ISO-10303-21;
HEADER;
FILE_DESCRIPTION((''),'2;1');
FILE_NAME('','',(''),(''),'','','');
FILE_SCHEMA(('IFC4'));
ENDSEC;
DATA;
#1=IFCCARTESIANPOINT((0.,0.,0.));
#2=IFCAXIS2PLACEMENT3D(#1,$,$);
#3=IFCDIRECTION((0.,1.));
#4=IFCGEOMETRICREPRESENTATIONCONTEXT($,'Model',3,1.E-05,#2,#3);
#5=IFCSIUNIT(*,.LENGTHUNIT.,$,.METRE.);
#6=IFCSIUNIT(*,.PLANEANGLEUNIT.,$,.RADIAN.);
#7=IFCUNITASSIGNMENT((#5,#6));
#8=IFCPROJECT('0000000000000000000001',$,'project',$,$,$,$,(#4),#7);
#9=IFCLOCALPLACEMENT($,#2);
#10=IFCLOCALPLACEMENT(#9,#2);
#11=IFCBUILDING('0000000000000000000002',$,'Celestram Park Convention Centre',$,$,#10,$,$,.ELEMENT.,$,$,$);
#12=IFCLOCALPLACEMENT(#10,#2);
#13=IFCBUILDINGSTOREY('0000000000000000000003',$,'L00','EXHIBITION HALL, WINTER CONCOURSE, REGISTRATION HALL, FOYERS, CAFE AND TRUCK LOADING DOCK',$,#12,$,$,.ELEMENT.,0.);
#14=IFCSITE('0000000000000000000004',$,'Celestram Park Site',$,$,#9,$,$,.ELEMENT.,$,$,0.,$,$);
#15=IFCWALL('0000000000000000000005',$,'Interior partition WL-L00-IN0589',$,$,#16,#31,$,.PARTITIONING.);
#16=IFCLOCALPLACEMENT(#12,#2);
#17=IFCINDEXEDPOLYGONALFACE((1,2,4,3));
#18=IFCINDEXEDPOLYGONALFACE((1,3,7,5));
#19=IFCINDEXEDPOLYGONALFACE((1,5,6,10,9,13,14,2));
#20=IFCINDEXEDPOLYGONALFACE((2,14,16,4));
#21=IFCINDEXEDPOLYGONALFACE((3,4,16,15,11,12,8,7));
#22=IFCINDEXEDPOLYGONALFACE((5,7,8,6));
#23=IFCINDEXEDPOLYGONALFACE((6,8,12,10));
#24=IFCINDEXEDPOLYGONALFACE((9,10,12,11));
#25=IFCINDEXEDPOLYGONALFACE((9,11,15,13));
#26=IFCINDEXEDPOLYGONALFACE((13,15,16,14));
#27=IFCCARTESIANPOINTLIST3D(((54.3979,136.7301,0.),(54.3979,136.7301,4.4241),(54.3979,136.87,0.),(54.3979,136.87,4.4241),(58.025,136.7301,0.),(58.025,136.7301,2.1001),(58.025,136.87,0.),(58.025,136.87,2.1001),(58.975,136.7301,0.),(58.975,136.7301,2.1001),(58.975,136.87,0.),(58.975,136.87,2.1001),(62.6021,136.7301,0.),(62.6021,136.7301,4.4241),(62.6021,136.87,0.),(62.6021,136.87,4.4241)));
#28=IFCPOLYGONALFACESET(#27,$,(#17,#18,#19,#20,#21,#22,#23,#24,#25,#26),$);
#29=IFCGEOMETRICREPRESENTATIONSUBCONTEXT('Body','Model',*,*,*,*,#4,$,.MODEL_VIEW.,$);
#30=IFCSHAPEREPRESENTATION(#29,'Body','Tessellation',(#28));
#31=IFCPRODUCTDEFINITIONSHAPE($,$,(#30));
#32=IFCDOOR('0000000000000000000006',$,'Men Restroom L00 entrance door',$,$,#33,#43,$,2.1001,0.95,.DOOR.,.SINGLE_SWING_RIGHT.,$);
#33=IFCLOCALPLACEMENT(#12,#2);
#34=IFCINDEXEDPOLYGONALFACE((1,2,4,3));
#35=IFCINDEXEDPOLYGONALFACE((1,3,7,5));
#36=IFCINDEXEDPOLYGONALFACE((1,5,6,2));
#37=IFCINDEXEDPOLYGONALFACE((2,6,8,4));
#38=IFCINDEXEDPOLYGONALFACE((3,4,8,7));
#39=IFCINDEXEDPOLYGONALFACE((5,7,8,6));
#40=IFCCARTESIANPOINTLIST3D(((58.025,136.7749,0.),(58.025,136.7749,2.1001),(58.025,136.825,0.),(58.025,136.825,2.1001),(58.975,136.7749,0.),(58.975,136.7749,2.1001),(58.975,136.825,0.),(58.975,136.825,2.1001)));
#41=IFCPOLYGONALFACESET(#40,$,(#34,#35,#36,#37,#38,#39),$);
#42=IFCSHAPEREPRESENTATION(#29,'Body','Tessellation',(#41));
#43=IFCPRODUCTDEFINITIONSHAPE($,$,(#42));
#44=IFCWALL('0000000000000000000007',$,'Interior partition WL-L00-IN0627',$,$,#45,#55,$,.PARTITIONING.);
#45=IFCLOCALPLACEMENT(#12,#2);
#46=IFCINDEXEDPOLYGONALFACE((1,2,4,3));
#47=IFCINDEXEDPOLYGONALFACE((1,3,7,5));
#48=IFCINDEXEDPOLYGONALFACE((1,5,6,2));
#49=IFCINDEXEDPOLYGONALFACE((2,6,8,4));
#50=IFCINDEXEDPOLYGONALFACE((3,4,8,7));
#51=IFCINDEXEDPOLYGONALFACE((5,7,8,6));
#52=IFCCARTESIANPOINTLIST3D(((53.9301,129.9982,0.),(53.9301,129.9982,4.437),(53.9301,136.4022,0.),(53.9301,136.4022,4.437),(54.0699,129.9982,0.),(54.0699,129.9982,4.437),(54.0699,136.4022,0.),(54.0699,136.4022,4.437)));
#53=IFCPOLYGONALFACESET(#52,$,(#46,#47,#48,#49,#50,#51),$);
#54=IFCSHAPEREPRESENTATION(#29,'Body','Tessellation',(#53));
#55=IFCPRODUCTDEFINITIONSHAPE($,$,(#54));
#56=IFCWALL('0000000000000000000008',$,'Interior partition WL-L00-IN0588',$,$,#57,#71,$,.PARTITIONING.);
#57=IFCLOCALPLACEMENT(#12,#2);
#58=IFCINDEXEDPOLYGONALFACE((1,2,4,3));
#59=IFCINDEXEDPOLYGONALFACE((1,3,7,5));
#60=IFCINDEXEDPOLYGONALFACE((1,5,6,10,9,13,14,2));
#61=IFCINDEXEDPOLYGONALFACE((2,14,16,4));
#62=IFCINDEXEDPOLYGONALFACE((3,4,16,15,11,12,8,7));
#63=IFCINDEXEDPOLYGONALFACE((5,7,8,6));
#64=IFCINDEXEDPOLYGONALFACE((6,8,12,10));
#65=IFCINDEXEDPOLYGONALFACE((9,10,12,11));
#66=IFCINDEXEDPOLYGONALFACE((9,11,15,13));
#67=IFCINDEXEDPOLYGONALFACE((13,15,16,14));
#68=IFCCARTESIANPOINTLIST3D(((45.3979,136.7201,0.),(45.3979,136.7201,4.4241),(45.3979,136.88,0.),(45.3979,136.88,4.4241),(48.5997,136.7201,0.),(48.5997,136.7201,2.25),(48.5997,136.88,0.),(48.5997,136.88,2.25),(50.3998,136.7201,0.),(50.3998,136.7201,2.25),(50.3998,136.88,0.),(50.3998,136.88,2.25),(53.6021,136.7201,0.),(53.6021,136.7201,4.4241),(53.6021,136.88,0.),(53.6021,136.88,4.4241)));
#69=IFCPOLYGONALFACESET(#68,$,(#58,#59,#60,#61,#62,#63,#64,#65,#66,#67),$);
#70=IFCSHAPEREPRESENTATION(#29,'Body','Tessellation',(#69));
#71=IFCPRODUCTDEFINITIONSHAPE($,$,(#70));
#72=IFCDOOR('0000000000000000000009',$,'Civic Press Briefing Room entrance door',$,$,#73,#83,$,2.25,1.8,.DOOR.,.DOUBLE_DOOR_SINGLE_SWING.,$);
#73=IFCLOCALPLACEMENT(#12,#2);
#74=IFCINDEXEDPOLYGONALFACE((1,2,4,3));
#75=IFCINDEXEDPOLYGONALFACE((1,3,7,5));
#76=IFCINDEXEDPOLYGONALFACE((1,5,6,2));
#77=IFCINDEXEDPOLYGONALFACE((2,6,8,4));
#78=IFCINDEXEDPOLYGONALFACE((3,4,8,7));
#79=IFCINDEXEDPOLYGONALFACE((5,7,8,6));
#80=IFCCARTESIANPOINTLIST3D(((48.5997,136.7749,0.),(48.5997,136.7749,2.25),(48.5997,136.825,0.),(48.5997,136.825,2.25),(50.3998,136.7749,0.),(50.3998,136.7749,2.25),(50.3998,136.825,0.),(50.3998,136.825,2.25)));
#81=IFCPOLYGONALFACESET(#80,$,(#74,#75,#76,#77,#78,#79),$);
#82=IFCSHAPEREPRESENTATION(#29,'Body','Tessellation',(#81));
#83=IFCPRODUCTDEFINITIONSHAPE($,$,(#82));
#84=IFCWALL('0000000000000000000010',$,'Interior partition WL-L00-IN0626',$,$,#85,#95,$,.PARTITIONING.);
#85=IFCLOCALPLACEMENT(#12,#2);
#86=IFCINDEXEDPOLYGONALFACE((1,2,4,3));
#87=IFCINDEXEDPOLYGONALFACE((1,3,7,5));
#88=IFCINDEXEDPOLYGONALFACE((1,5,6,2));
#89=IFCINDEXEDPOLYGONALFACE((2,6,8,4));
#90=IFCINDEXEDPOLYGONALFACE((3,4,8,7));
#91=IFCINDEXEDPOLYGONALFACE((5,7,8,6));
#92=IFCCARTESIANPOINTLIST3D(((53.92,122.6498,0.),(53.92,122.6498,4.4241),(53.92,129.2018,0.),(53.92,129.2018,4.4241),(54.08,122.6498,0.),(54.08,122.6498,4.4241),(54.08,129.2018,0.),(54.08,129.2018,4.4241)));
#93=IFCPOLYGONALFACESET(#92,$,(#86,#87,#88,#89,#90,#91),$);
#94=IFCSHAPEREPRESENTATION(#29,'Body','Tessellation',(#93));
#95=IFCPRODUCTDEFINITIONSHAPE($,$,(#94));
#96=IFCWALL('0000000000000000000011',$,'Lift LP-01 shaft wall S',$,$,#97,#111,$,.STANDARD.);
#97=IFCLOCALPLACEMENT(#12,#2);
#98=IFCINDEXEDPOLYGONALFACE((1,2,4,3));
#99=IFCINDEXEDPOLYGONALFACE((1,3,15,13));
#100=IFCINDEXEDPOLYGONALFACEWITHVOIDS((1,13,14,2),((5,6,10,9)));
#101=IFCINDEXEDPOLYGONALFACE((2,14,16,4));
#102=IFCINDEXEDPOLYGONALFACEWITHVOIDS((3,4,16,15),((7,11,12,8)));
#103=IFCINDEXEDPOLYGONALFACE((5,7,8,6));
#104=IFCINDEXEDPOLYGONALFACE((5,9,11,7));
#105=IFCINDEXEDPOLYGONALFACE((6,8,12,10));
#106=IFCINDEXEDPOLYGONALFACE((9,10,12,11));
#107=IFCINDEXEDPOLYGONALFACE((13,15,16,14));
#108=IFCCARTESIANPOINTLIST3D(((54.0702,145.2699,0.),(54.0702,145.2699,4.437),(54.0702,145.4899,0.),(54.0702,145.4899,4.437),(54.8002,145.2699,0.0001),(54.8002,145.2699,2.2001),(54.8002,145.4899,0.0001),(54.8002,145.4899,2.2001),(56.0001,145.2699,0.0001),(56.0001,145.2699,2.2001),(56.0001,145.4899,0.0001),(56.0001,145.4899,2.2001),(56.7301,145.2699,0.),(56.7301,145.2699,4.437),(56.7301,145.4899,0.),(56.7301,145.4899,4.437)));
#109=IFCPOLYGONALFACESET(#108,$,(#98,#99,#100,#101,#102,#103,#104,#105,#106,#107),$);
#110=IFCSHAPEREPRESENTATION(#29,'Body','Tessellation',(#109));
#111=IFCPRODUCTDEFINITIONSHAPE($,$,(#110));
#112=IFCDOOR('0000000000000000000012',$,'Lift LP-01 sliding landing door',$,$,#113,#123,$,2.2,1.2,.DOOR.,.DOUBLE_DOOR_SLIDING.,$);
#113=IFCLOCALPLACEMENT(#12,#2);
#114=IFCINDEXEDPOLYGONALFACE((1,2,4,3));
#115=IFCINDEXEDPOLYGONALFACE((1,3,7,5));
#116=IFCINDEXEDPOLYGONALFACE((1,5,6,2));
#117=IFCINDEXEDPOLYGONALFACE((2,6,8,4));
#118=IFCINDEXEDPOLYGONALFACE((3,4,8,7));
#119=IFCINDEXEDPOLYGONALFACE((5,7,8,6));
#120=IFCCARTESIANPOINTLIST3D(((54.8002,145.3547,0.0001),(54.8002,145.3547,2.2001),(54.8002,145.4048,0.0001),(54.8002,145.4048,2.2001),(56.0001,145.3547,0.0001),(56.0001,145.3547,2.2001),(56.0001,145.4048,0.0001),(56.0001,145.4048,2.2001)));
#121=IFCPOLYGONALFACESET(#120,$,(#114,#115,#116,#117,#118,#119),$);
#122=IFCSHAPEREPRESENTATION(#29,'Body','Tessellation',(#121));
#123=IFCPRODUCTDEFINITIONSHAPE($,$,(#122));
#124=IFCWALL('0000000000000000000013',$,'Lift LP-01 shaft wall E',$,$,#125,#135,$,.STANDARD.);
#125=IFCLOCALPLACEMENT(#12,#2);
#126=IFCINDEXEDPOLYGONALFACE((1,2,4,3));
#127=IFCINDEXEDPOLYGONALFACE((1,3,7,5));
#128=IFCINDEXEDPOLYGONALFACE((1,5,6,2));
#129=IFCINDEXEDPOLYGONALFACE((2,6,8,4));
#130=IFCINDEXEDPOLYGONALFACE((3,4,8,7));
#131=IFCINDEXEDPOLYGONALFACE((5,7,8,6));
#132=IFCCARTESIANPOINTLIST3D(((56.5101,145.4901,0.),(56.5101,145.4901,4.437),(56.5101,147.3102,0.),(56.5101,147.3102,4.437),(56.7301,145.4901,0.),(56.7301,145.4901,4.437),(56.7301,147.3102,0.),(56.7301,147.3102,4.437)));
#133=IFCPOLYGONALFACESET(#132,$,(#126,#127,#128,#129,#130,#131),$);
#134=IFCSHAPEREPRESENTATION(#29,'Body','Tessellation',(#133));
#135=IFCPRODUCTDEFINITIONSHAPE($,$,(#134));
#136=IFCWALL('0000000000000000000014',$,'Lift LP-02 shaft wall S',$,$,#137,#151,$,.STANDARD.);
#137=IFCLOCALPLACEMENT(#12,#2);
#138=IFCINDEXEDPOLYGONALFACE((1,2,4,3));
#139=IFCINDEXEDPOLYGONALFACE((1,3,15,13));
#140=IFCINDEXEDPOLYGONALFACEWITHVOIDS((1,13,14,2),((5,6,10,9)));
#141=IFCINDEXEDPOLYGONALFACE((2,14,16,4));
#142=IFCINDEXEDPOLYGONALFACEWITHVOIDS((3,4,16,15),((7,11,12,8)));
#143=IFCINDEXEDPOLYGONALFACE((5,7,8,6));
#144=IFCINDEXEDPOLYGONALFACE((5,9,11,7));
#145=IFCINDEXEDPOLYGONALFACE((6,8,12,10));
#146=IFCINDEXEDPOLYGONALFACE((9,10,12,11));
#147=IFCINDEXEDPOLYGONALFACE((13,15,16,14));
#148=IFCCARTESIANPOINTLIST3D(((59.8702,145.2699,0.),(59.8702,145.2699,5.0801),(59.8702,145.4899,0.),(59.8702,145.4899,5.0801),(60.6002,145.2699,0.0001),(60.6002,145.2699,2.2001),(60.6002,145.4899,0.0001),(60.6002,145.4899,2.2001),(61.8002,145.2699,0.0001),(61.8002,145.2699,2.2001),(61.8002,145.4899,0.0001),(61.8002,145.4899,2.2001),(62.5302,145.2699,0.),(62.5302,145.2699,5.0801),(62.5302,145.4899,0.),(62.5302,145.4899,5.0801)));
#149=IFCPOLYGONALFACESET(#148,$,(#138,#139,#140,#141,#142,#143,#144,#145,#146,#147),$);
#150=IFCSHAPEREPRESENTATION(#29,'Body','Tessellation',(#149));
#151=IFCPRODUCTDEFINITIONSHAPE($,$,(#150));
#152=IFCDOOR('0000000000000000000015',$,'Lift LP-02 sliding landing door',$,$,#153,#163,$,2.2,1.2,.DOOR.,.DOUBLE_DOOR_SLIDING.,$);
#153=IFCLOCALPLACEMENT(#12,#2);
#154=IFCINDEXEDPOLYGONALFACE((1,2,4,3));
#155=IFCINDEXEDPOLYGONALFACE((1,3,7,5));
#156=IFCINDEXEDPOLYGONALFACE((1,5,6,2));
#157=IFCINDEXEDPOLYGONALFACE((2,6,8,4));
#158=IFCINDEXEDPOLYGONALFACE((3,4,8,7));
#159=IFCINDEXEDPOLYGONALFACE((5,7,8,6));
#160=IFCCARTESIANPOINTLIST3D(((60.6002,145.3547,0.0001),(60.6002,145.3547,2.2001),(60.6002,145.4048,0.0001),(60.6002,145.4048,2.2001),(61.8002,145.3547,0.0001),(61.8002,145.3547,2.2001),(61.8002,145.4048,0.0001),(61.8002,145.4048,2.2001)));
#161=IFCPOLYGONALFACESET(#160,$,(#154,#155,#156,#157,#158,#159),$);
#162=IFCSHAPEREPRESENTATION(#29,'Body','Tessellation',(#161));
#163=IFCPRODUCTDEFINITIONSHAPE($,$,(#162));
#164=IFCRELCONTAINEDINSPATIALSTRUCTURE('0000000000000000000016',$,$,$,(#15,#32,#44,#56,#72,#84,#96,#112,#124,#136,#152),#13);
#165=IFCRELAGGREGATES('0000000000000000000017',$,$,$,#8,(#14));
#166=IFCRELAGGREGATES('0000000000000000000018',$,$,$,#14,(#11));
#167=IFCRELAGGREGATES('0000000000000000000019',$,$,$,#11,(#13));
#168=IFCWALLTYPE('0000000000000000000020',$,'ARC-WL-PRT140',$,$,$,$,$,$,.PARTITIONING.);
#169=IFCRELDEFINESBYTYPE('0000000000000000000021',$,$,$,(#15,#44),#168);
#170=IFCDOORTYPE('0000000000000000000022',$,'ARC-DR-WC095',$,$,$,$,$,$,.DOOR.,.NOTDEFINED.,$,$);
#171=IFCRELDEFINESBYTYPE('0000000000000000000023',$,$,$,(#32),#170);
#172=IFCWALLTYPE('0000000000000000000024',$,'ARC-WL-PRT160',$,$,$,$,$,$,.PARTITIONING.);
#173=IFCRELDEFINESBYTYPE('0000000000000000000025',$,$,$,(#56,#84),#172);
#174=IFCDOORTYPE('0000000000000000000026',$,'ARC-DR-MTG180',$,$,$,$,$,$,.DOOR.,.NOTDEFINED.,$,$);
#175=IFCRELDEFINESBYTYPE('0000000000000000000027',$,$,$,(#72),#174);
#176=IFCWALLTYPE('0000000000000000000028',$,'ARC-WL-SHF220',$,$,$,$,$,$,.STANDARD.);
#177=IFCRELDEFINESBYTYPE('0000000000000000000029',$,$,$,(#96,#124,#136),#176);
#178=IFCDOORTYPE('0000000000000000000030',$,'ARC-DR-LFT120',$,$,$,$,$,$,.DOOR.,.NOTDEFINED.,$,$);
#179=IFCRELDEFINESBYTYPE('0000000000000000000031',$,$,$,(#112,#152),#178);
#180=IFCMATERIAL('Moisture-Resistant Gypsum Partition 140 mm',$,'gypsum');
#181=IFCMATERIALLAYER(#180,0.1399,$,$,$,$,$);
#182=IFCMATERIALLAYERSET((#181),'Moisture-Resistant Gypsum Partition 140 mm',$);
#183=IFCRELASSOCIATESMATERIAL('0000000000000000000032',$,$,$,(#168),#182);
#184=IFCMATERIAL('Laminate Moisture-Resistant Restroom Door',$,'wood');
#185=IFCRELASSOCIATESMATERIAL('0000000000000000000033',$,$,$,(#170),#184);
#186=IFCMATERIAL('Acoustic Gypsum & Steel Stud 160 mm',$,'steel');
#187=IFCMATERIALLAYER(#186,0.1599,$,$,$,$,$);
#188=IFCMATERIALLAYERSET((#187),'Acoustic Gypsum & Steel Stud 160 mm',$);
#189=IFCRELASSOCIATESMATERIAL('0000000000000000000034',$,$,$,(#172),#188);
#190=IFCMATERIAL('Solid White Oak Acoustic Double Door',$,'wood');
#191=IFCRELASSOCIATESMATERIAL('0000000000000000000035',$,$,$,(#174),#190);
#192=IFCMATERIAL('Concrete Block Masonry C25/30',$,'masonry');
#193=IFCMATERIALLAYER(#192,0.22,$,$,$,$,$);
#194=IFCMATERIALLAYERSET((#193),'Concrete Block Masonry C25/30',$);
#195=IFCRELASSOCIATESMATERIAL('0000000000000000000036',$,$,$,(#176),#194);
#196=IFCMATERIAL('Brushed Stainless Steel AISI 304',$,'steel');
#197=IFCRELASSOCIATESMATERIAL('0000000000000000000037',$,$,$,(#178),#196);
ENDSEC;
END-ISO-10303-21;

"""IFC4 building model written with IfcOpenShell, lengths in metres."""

from ifc_helpers import new_model, si_unit, direction, frame, frame_2d, origin, place, context, subcontext, project, spatial, rectangle, extrude, material, layer, layer_set, type_object, element, fill, save


model = new_model("IFC4")

# Units and contexts
model_context = context("Model", 3, precision=1e-05, world=origin(), true_north=direction((0.0, 1.0)))
body_context = subcontext(model_context, "Body", "Model", "MODEL_VIEW")
ifc_project = project(units=[si_unit("LENGTHUNIT", "METRE"), si_unit("PLANEANGLEUNIT", "RADIAN")], contexts=[model_context])

# Site, building, storey
site_placement = place(None, origin())
site = spatial("IfcSite", under=ifc_project, at=site_placement, Name="Celestram Park Site", CompositionType="ELEMENT", RefElevation=0.0)
building_placement = place(site_placement, origin())
building = spatial("IfcBuilding", under=site, at=building_placement, Name="Celestram Park Convention Centre", CompositionType="ELEMENT")
storey_placement = place(building_placement, origin())
storey = spatial("IfcBuildingStorey", under=building, at=storey_placement, Name="L00", Description="EXHIBITION HALL, WINTER CONCOURSE, REGISTRATION HALL, FOYERS, CAFE AND TRUCK LOADING DOCK", CompositionType="ELEMENT", Elevation=0.0)

# Shared definitions
ifc_material_1 = material(Name="Concrete Block Masonry C25/30", Category="masonry")
ifc_material_2 = material(Name="Moisture-Resistant Gypsum Partition 140 mm", Category="gypsum")
ifc_layer_1 = layer(ifc_material_2, 0.1399)
ifc_layer_set_1 = layer_set([ifc_layer_1], Name="Moisture-Resistant Gypsum Partition 140 mm")
wall_type_1 = type_object("IfcWallType", Name="ARC-WL-PRT140", PredefinedType="PARTITIONING", material=ifc_layer_set_1)

# Wall, opening, door
wall_1_placement = place(storey_placement, frame((54.3979, 136.8, 0.0), z_axis=(0.0, 0.0, 1.0), x_axis=(1.0, 0.0, 0.0)))
wall_1 = element("IfcWall", 1, at=wall_1_placement, inside=storey, type_object=wall_type_1, Name="Interior partition WL-L00-IN0589", PredefinedType="PARTITIONING", context=body_context, shape_type="SweptSolid", body=[
    extrude(rectangle(XDim=8.2041, YDim=0.1399, at=frame_2d((4.1021, 0.0))), origin(), (0.0, 0.0, 1.0), 4.4241),
])
opening_1_placement = place(wall_1_placement, frame((3.627, 0.0, 0.0)))
opening_1 = element("IfcOpeningElement", 2, at=opening_1_placement, cuts=wall_1, PredefinedType="OPENING", context=body_context, shape_type="SweptSolid", body=[
    extrude(rectangle(XDim=0.95, YDim=2.1001, at=frame_2d((0.4751, 1.05))), frame((0.0, 0.0798, 0.0), z_axis=(0.0, -1.0, 0.0), x_axis=(1.0, 0.0, 0.0)), (0.0, 0.0, 1.0), 0.1599),
])
ifc_material_3 = material(Name="Laminate Moisture-Resistant Restroom Door", Category="wood")
door_type_1 = type_object("IfcDoorType", Name="ARC-DR-WC095", OperationType="NOTDEFINED", PredefinedType="DOOR", material=ifc_material_3)
door_1_placement = place(opening_1_placement, origin())
door_1 = element("IfcDoor", 3, at=door_1_placement, inside=storey, type_object=door_type_1, Name="Men Restroom L00 entrance door", OperationType="SINGLE_SWING_RIGHT", OverallHeight=2.1001, OverallWidth=0.95, PredefinedType="DOOR", context=body_context, shape_type="SweptSolid", body=[
    extrude(rectangle(XDim=0.95, YDim=2.1001, at=frame_2d((0.4751, 1.05))), frame((0.0, 0.0249, 0.0), z_axis=(0.0, -1.0, 0.0), x_axis=(1.0, 0.0, 0.0)), (0.0, 0.0, 1.0), 0.05),
])
fill(opening_1, door_1)

# Wall
wall_2_placement = place(storey_placement, frame((54.0, 129.998, 0.0), z_axis=(0.0, 0.0, 1.0), x_axis=(0.0, 1.0, 0.0)))
element("IfcWall", 4, at=wall_2_placement, inside=storey, type_object=wall_type_1, Name="Interior partition WL-L00-IN0627", PredefinedType="PARTITIONING", context=body_context, shape_type="SweptSolid", body=[
    extrude(rectangle(XDim=6.4041, YDim=0.1399, at=frame_2d((3.2021, 0.0))), origin(), (0.0, 0.0, 1.0), 4.437),
])

# Wall, opening, door
ifc_material_4 = material(Name="Acoustic Gypsum & Steel Stud 160 mm", Category="steel")
ifc_layer_2 = layer(ifc_material_4, 0.1599)
ifc_layer_set_2 = layer_set([ifc_layer_2], Name="Acoustic Gypsum & Steel Stud 160 mm")
wall_type_2 = type_object("IfcWallType", Name="ARC-WL-PRT160", PredefinedType="PARTITIONING", material=ifc_layer_set_2)
wall_3_placement = place(storey_placement, frame((45.3979, 136.8, 0.0), z_axis=(0.0, 0.0, 1.0), x_axis=(1.0, 0.0, 0.0)))
wall_3 = element("IfcWall", 5, at=wall_3_placement, inside=storey, type_object=wall_type_2, Name="Interior partition WL-L00-IN0588", PredefinedType="PARTITIONING", context=body_context, shape_type="SweptSolid", body=[
    extrude(rectangle(XDim=8.2041, YDim=0.1599, at=frame_2d((4.1021, 0.0))), origin(), (0.0, 0.0, 1.0), 4.4241),
])
opening_2_placement = place(wall_3_placement, frame((3.2019, 0.0, 0.0)))
opening_2 = element("IfcOpeningElement", 6, at=opening_2_placement, cuts=wall_3, PredefinedType="OPENING", context=body_context, shape_type="SweptSolid", body=[
    extrude(rectangle(XDim=1.8, YDim=2.25, at=frame_2d((0.8999, 1.125))), frame((0.0, 0.0898, 0.0), z_axis=(0.0, -1.0, 0.0), x_axis=(1.0, 0.0, 0.0)), (0.0, 0.0, 1.0), 0.1799),
])
ifc_material_5 = material(Name="Solid White Oak Acoustic Double Door", Category="wood")
door_type_2 = type_object("IfcDoorType", Name="ARC-DR-MTG180", OperationType="NOTDEFINED", PredefinedType="DOOR", material=ifc_material_5)
door_2_placement = place(opening_2_placement, origin())
door_2 = element("IfcDoor", 7, at=door_2_placement, inside=storey, type_object=door_type_2, Name="Civic Press Briefing Room entrance door", OperationType="DOUBLE_DOOR_SINGLE_SWING", OverallHeight=2.25, OverallWidth=1.8, PredefinedType="DOOR", context=body_context, shape_type="SweptSolid", body=[
    extrude(rectangle(XDim=1.8, YDim=2.25, at=frame_2d((0.8999, 1.125))), frame((0.0, 0.0249, 0.0), z_axis=(0.0, -1.0, 0.0), x_axis=(1.0, 0.0, 0.0)), (0.0, 0.0, 1.0), 0.05),
])
fill(opening_2, door_2)

# Wall
wall_4_placement = place(storey_placement, frame((54.0, 122.6499, 0.0), z_axis=(0.0, 0.0, 1.0), x_axis=(0.0, 1.0, 0.0)))
element("IfcWall", 8, at=wall_4_placement, inside=storey, type_object=wall_type_2, Name="Interior partition WL-L00-IN0626", PredefinedType="PARTITIONING", context=body_context, shape_type="SweptSolid", body=[
    extrude(rectangle(XDim=6.552, YDim=0.1599, at=frame_2d((3.2759, 0.0))), origin(), (0.0, 0.0, 1.0), 4.4241),
])

# Wall, opening, door
ifc_layer_3 = layer(ifc_material_1, 0.22)
ifc_layer_set_3 = layer_set([ifc_layer_3], Name="Concrete Block Masonry C25/30")
wall_type_3 = type_object("IfcWallType", Name="ARC-WL-SHF220", PredefinedType="STANDARD", material=ifc_layer_set_3)
wall_5_placement = place(storey_placement, frame((54.0701, 145.3799, 0.0), z_axis=(0.0, 0.0, 1.0), x_axis=(1.0, 0.0, 0.0)))
wall_5 = element("IfcWall", 9, at=wall_5_placement, inside=storey, type_object=wall_type_3, Name="Lift LP-01 shaft wall S", PredefinedType="STANDARD", context=body_context, shape_type="SweptSolid", body=[
    extrude(rectangle(XDim=2.6599, YDim=0.22, at=frame_2d((1.3301, 0.0))), origin(), (0.0, 0.0, 1.0), 4.437),
])
opening_3_placement = place(wall_5_placement, frame((0.73, 0.0, 0.0)))
opening_3 = element("IfcOpeningElement", 10, at=opening_3_placement, cuts=wall_5, PredefinedType="OPENING", context=body_context, shape_type="SweptSolid", body=[
    extrude(rectangle(XDim=1.2, YDim=2.2, at=frame_2d((0.6001, 1.1001))), frame((0.0, 0.1199, 0.0), z_axis=(0.0, -1.0, 0.0), x_axis=(1.0, 0.0, 0.0)), (0.0, 0.0, 1.0), 0.24),
])
ifc_material_6 = material(Name="Brushed Stainless Steel AISI 304", Category="steel")
door_type_3 = type_object("IfcDoorType", Name="ARC-DR-LFT120", OperationType="NOTDEFINED", PredefinedType="DOOR", material=ifc_material_6)
door_3_placement = place(opening_3_placement, origin())
door_3 = element("IfcDoor", 11, at=door_3_placement, inside=storey, type_object=door_type_3, Name="Lift LP-01 sliding landing door", OperationType="DOUBLE_DOOR_SLIDING", OverallHeight=2.2, OverallWidth=1.2, PredefinedType="DOOR", context=body_context, shape_type="SweptSolid", body=[
    extrude(rectangle(XDim=1.2, YDim=2.2, at=frame_2d((0.6001, 1.1001))), frame((0.0, 0.0249, 0.0), z_axis=(0.0, -1.0, 0.0), x_axis=(1.0, 0.0, 0.0)), (0.0, 0.0, 1.0), 0.05),
])
fill(opening_3, door_3)

# Wall
wall_6_placement = place(storey_placement, frame((56.6201, 145.49, 0.0), z_axis=(0.0, 0.0, 1.0), x_axis=(0.0, 1.0, 0.0)))
element("IfcWall", 12, at=wall_6_placement, inside=storey, type_object=wall_type_3, Name="Lift LP-01 shaft wall E", PredefinedType="STANDARD", context=body_context, shape_type="SweptSolid", body=[
    extrude(rectangle(XDim=1.8201, YDim=0.22, at=frame_2d((0.9102, 0.0))), origin(), (0.0, 0.0, 1.0), 4.437),
])

# Wall, opening, door
wall_7_placement = place(storey_placement, frame((59.8701, 145.3799, 0.0), z_axis=(0.0, 0.0, 1.0), x_axis=(1.0, 0.0, 0.0)))
wall_7 = element("IfcWall", 13, at=wall_7_placement, inside=storey, type_object=wall_type_3, Name="Lift LP-02 shaft wall S", PredefinedType="STANDARD", context=body_context, shape_type="SweptSolid", body=[
    extrude(rectangle(XDim=2.6599, YDim=0.22, at=frame_2d((1.3301, 0.0))), origin(), (0.0, 0.0, 1.0), 5.0801),
])
opening_4_placement = place(wall_7_placement, frame((0.73, 0.0, 0.0)))
opening_4 = element("IfcOpeningElement", 14, at=opening_4_placement, cuts=wall_7, PredefinedType="OPENING", context=body_context, shape_type="SweptSolid", body=[
    extrude(rectangle(XDim=1.2, YDim=2.2, at=frame_2d((0.6001, 1.1001))), frame((0.0, 0.1199, 0.0), z_axis=(0.0, -1.0, 0.0), x_axis=(1.0, 0.0, 0.0)), (0.0, 0.0, 1.0), 0.24),
])
door_4_placement = place(opening_4_placement, origin())
door_4 = element("IfcDoor", 15, at=door_4_placement, inside=storey, type_object=door_type_3, Name="Lift LP-02 sliding landing door", OperationType="DOUBLE_DOOR_SLIDING", OverallHeight=2.2, OverallWidth=1.2, PredefinedType="DOOR", context=body_context, shape_type="SweptSolid", body=[
    extrude(rectangle(XDim=1.2, YDim=2.2, at=frame_2d((0.6001, 1.1001))), frame((0.0, 0.0249, 0.0), z_axis=(0.0, -1.0, 0.0), x_axis=(1.0, 0.0, 0.0)), (0.0, 0.0, 1.0), 0.05),
])
fill(opening_4, door_4)

save(model, "model.ifc")
